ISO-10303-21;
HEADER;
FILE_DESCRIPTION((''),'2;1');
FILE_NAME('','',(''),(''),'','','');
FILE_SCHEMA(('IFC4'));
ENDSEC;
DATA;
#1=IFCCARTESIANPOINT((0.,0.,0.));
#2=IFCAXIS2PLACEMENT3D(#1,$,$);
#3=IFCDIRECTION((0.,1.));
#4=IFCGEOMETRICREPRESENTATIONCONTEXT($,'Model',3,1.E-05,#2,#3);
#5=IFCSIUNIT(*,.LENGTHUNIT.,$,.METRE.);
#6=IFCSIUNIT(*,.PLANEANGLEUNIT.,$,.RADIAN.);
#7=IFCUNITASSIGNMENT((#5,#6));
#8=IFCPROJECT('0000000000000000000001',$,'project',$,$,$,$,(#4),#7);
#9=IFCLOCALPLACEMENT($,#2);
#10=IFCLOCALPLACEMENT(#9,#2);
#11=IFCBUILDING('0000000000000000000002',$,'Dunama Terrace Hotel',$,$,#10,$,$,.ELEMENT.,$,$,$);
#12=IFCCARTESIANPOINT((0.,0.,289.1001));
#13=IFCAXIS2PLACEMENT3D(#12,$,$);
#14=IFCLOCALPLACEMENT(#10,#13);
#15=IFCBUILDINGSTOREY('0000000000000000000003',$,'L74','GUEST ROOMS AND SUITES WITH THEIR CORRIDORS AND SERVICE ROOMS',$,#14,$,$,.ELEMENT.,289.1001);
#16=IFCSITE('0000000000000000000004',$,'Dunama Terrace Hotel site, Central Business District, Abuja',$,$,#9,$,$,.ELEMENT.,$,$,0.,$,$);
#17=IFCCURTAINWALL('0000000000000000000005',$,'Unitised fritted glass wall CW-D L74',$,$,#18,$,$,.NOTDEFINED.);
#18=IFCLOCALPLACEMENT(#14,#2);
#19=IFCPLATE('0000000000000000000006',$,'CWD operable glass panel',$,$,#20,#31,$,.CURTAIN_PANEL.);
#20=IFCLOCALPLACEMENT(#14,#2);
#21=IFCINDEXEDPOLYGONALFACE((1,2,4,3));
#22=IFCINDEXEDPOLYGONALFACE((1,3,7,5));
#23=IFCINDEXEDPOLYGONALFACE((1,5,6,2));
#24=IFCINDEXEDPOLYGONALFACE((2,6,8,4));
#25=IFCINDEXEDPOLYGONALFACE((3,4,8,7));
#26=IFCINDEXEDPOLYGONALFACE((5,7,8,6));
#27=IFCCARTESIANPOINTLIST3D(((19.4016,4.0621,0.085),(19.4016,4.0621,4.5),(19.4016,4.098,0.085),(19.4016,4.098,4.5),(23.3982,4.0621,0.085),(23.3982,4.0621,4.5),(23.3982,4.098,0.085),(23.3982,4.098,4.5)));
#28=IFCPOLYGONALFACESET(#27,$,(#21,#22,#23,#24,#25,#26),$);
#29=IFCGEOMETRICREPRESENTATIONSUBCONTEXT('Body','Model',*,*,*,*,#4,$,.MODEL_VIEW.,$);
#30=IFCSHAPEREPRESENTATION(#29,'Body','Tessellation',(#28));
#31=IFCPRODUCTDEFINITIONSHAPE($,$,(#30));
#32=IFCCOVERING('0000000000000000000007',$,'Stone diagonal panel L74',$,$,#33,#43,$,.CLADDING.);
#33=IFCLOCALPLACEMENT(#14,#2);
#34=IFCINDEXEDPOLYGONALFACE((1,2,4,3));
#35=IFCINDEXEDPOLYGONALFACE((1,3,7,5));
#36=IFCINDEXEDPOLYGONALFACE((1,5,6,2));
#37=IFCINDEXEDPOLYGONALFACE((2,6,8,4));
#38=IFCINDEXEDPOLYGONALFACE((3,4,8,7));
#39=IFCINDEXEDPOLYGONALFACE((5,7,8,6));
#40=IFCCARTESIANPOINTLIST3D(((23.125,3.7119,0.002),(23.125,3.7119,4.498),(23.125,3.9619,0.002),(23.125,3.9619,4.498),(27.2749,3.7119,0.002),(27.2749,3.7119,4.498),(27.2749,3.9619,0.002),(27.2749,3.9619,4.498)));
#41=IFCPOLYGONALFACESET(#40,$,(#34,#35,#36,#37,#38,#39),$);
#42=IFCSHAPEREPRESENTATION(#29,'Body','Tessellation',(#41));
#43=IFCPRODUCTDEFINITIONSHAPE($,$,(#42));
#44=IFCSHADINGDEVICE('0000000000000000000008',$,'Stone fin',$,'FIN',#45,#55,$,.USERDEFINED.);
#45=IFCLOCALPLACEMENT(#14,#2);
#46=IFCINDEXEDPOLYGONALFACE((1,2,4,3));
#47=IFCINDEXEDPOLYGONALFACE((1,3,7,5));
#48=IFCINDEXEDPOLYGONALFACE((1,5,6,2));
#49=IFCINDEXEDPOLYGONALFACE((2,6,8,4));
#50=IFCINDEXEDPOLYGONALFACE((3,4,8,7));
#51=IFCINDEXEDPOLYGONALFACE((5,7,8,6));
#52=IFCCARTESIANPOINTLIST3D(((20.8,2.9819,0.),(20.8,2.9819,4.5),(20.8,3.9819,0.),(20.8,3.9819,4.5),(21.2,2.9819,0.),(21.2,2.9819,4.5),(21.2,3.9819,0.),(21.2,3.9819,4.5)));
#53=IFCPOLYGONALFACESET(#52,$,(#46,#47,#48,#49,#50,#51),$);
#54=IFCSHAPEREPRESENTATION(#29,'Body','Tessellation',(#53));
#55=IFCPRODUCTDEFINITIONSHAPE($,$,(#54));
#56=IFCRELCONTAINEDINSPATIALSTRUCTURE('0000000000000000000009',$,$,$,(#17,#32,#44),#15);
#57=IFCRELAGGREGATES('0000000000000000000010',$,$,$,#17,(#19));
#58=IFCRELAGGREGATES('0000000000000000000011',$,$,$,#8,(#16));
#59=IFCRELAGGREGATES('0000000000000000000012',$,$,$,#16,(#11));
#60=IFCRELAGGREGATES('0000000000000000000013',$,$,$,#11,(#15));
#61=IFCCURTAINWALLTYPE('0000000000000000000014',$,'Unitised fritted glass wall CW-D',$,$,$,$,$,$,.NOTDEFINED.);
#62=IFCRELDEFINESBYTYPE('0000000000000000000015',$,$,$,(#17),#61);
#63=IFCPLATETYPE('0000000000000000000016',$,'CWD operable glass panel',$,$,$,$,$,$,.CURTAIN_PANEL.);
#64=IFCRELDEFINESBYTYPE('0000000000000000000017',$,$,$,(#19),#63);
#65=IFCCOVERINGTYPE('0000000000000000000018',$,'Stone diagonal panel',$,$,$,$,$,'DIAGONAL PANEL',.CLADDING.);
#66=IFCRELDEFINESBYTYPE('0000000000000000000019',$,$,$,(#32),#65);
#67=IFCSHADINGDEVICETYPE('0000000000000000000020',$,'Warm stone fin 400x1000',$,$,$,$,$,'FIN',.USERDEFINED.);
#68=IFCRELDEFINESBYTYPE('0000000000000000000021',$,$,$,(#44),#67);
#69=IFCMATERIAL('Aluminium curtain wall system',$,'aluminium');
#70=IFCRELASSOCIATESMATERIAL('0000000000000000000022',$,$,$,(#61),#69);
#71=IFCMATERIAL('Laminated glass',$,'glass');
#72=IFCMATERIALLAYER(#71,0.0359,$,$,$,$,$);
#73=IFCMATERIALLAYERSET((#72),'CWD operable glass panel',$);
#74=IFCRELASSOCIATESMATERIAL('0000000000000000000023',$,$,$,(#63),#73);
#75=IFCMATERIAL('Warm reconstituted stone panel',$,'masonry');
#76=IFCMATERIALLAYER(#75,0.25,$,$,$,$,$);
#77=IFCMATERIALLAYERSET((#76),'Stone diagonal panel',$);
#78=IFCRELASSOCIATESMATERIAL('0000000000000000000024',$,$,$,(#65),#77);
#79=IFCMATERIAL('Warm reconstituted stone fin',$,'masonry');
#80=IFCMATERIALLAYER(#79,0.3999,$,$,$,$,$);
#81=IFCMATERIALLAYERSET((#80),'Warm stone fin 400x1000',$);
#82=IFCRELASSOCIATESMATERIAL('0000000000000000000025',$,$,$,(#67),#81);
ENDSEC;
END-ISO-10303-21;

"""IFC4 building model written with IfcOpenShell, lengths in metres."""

from ifc_helpers import new_model, si_unit, direction, frame, origin, origin_2d, place, context, subcontext, project, spatial, rectangle, extrude, material, layer, layer_set, type_object, element, aggregate, save


model = new_model("IFC4")

# Units and contexts
model_context = context("Model", 3, precision=1e-05, world=origin(), true_north=direction((0.0, 1.0)))
body_context = subcontext(model_context, "Body", "Model", "MODEL_VIEW")
ifc_project = project(units=[si_unit("LENGTHUNIT", "METRE"), si_unit("PLANEANGLEUNIT", "RADIAN")], contexts=[model_context])

# Site, building, storey
site_placement = place(None, origin())
site = spatial("IfcSite", under=ifc_project, at=site_placement, Name="Dunama Terrace Hotel site, Central Business District, Abuja", CompositionType="ELEMENT", RefElevation=0.0)
building_placement = place(site_placement, origin())
building = spatial("IfcBuilding", under=site, at=building_placement, Name="Dunama Terrace Hotel", CompositionType="ELEMENT")
storey_placement = place(building_placement, frame((0.0, 0.0, 289.1001)))
storey = spatial("IfcBuildingStorey", under=building, at=storey_placement, Name="L74", Description="GUEST ROOMS AND SUITES WITH THEIR CORRIDORS AND SERVICE ROOMS", CompositionType="ELEMENT", Elevation=289.1001)

# Curtain wall
ifc_material_1 = material(Name="Aluminium curtain wall system", Category="aluminium")
curtain_wall_type = type_object("IfcCurtainWallType", Name="Unitised fritted glass wall CW-D", PredefinedType="NOTDEFINED", material=ifc_material_1)
curtain_wall_1_placement = place(storey_placement, origin())
curtain_wall_1 = element("IfcCurtainWall", 1, at=curtain_wall_1_placement, inside=storey, type_object=curtain_wall_type, Name="Unitised fritted glass wall CW-D L74", PredefinedType="NOTDEFINED")

# Plate
ifc_material_2 = material(Name="Laminated glass", Category="glass")
ifc_layer_1 = layer(ifc_material_2, 0.0359)
ifc_layer_set_1 = layer_set([ifc_layer_1], Name="CWD operable glass panel")
plate_type_1 = type_object("IfcPlateType", Name="CWD operable glass panel", PredefinedType="CURTAIN_PANEL", material=ifc_layer_set_1)
plate_1_placement = place(storey_placement, frame((21.3999, 4.0801, 0.085), z_axis=(0.0, 0.0, 1.0), x_axis=(1.0, 0.0, 0.0)))
plate_1 = element("IfcPlate", 2, at=plate_1_placement, type_object=plate_type_1, Name="CWD operable glass panel", PredefinedType="CURTAIN_PANEL", context=body_context, shape_type="SweptSolid", body=[
    extrude(rectangle(XDim=3.9966, YDim=0.0359, at=origin_2d()), origin(), (0.0, 0.0, 1.0), 4.415),
])
aggregate(curtain_wall_1, [plate_1])

# Covering
ifc_material_3 = material(Name="Warm reconstituted stone panel", Category="masonry")
ifc_layer_2 = layer(ifc_material_3, 0.25)
ifc_layer_set_2 = layer_set([ifc_layer_2], Name="Stone diagonal panel")
covering_type = type_object("IfcCoveringType", Name="Stone diagonal panel", ElementType="DIAGONAL PANEL", PredefinedType="CLADDING", material=ifc_layer_set_2)
covering_placement = place(storey_placement, frame((25.2, 3.8369, 0.002), z_axis=(0.0, 0.0, 1.0), x_axis=(1.0, 0.0, 0.0)))
element("IfcCovering", 3, at=covering_placement, inside=storey, type_object=covering_type, Name="Stone diagonal panel L74", PredefinedType="CLADDING", context=body_context, shape_type="SweptSolid", body=[
    extrude(rectangle(XDim=4.1499, YDim=0.25, at=origin_2d()), origin(), (0.0, 0.0, 1.0), 4.4961),
])

# Shading device
ifc_material_4 = material(Name="Warm reconstituted stone fin", Category="masonry")
ifc_layer_3 = layer(ifc_material_4, 0.3999)
ifc_layer_set_3 = layer_set([ifc_layer_3], Name="Warm stone fin 400x1000")
shading_device_type = type_object("IfcShadingDeviceType", Name="Warm stone fin 400x1000", ElementType="FIN", PredefinedType="USERDEFINED", material=ifc_layer_set_3)
shading_device_placement = place(storey_placement, frame((21.0, 3.4819, 0.0), z_axis=(0.0, 0.0, 1.0), x_axis=(1.0, 0.0, 0.0)))
element("IfcShadingDevice", 4, at=shading_device_placement, inside=storey, type_object=shading_device_type, Name="Stone fin", ObjectType="FIN", PredefinedType="USERDEFINED", context=body_context, shape_type="SweptSolid", body=[
    extrude(rectangle(XDim=0.3999, YDim=1.0, at=origin_2d()), origin(), (0.0, 0.0, 1.0), 4.5),
])

save(model, "model.ifc")
